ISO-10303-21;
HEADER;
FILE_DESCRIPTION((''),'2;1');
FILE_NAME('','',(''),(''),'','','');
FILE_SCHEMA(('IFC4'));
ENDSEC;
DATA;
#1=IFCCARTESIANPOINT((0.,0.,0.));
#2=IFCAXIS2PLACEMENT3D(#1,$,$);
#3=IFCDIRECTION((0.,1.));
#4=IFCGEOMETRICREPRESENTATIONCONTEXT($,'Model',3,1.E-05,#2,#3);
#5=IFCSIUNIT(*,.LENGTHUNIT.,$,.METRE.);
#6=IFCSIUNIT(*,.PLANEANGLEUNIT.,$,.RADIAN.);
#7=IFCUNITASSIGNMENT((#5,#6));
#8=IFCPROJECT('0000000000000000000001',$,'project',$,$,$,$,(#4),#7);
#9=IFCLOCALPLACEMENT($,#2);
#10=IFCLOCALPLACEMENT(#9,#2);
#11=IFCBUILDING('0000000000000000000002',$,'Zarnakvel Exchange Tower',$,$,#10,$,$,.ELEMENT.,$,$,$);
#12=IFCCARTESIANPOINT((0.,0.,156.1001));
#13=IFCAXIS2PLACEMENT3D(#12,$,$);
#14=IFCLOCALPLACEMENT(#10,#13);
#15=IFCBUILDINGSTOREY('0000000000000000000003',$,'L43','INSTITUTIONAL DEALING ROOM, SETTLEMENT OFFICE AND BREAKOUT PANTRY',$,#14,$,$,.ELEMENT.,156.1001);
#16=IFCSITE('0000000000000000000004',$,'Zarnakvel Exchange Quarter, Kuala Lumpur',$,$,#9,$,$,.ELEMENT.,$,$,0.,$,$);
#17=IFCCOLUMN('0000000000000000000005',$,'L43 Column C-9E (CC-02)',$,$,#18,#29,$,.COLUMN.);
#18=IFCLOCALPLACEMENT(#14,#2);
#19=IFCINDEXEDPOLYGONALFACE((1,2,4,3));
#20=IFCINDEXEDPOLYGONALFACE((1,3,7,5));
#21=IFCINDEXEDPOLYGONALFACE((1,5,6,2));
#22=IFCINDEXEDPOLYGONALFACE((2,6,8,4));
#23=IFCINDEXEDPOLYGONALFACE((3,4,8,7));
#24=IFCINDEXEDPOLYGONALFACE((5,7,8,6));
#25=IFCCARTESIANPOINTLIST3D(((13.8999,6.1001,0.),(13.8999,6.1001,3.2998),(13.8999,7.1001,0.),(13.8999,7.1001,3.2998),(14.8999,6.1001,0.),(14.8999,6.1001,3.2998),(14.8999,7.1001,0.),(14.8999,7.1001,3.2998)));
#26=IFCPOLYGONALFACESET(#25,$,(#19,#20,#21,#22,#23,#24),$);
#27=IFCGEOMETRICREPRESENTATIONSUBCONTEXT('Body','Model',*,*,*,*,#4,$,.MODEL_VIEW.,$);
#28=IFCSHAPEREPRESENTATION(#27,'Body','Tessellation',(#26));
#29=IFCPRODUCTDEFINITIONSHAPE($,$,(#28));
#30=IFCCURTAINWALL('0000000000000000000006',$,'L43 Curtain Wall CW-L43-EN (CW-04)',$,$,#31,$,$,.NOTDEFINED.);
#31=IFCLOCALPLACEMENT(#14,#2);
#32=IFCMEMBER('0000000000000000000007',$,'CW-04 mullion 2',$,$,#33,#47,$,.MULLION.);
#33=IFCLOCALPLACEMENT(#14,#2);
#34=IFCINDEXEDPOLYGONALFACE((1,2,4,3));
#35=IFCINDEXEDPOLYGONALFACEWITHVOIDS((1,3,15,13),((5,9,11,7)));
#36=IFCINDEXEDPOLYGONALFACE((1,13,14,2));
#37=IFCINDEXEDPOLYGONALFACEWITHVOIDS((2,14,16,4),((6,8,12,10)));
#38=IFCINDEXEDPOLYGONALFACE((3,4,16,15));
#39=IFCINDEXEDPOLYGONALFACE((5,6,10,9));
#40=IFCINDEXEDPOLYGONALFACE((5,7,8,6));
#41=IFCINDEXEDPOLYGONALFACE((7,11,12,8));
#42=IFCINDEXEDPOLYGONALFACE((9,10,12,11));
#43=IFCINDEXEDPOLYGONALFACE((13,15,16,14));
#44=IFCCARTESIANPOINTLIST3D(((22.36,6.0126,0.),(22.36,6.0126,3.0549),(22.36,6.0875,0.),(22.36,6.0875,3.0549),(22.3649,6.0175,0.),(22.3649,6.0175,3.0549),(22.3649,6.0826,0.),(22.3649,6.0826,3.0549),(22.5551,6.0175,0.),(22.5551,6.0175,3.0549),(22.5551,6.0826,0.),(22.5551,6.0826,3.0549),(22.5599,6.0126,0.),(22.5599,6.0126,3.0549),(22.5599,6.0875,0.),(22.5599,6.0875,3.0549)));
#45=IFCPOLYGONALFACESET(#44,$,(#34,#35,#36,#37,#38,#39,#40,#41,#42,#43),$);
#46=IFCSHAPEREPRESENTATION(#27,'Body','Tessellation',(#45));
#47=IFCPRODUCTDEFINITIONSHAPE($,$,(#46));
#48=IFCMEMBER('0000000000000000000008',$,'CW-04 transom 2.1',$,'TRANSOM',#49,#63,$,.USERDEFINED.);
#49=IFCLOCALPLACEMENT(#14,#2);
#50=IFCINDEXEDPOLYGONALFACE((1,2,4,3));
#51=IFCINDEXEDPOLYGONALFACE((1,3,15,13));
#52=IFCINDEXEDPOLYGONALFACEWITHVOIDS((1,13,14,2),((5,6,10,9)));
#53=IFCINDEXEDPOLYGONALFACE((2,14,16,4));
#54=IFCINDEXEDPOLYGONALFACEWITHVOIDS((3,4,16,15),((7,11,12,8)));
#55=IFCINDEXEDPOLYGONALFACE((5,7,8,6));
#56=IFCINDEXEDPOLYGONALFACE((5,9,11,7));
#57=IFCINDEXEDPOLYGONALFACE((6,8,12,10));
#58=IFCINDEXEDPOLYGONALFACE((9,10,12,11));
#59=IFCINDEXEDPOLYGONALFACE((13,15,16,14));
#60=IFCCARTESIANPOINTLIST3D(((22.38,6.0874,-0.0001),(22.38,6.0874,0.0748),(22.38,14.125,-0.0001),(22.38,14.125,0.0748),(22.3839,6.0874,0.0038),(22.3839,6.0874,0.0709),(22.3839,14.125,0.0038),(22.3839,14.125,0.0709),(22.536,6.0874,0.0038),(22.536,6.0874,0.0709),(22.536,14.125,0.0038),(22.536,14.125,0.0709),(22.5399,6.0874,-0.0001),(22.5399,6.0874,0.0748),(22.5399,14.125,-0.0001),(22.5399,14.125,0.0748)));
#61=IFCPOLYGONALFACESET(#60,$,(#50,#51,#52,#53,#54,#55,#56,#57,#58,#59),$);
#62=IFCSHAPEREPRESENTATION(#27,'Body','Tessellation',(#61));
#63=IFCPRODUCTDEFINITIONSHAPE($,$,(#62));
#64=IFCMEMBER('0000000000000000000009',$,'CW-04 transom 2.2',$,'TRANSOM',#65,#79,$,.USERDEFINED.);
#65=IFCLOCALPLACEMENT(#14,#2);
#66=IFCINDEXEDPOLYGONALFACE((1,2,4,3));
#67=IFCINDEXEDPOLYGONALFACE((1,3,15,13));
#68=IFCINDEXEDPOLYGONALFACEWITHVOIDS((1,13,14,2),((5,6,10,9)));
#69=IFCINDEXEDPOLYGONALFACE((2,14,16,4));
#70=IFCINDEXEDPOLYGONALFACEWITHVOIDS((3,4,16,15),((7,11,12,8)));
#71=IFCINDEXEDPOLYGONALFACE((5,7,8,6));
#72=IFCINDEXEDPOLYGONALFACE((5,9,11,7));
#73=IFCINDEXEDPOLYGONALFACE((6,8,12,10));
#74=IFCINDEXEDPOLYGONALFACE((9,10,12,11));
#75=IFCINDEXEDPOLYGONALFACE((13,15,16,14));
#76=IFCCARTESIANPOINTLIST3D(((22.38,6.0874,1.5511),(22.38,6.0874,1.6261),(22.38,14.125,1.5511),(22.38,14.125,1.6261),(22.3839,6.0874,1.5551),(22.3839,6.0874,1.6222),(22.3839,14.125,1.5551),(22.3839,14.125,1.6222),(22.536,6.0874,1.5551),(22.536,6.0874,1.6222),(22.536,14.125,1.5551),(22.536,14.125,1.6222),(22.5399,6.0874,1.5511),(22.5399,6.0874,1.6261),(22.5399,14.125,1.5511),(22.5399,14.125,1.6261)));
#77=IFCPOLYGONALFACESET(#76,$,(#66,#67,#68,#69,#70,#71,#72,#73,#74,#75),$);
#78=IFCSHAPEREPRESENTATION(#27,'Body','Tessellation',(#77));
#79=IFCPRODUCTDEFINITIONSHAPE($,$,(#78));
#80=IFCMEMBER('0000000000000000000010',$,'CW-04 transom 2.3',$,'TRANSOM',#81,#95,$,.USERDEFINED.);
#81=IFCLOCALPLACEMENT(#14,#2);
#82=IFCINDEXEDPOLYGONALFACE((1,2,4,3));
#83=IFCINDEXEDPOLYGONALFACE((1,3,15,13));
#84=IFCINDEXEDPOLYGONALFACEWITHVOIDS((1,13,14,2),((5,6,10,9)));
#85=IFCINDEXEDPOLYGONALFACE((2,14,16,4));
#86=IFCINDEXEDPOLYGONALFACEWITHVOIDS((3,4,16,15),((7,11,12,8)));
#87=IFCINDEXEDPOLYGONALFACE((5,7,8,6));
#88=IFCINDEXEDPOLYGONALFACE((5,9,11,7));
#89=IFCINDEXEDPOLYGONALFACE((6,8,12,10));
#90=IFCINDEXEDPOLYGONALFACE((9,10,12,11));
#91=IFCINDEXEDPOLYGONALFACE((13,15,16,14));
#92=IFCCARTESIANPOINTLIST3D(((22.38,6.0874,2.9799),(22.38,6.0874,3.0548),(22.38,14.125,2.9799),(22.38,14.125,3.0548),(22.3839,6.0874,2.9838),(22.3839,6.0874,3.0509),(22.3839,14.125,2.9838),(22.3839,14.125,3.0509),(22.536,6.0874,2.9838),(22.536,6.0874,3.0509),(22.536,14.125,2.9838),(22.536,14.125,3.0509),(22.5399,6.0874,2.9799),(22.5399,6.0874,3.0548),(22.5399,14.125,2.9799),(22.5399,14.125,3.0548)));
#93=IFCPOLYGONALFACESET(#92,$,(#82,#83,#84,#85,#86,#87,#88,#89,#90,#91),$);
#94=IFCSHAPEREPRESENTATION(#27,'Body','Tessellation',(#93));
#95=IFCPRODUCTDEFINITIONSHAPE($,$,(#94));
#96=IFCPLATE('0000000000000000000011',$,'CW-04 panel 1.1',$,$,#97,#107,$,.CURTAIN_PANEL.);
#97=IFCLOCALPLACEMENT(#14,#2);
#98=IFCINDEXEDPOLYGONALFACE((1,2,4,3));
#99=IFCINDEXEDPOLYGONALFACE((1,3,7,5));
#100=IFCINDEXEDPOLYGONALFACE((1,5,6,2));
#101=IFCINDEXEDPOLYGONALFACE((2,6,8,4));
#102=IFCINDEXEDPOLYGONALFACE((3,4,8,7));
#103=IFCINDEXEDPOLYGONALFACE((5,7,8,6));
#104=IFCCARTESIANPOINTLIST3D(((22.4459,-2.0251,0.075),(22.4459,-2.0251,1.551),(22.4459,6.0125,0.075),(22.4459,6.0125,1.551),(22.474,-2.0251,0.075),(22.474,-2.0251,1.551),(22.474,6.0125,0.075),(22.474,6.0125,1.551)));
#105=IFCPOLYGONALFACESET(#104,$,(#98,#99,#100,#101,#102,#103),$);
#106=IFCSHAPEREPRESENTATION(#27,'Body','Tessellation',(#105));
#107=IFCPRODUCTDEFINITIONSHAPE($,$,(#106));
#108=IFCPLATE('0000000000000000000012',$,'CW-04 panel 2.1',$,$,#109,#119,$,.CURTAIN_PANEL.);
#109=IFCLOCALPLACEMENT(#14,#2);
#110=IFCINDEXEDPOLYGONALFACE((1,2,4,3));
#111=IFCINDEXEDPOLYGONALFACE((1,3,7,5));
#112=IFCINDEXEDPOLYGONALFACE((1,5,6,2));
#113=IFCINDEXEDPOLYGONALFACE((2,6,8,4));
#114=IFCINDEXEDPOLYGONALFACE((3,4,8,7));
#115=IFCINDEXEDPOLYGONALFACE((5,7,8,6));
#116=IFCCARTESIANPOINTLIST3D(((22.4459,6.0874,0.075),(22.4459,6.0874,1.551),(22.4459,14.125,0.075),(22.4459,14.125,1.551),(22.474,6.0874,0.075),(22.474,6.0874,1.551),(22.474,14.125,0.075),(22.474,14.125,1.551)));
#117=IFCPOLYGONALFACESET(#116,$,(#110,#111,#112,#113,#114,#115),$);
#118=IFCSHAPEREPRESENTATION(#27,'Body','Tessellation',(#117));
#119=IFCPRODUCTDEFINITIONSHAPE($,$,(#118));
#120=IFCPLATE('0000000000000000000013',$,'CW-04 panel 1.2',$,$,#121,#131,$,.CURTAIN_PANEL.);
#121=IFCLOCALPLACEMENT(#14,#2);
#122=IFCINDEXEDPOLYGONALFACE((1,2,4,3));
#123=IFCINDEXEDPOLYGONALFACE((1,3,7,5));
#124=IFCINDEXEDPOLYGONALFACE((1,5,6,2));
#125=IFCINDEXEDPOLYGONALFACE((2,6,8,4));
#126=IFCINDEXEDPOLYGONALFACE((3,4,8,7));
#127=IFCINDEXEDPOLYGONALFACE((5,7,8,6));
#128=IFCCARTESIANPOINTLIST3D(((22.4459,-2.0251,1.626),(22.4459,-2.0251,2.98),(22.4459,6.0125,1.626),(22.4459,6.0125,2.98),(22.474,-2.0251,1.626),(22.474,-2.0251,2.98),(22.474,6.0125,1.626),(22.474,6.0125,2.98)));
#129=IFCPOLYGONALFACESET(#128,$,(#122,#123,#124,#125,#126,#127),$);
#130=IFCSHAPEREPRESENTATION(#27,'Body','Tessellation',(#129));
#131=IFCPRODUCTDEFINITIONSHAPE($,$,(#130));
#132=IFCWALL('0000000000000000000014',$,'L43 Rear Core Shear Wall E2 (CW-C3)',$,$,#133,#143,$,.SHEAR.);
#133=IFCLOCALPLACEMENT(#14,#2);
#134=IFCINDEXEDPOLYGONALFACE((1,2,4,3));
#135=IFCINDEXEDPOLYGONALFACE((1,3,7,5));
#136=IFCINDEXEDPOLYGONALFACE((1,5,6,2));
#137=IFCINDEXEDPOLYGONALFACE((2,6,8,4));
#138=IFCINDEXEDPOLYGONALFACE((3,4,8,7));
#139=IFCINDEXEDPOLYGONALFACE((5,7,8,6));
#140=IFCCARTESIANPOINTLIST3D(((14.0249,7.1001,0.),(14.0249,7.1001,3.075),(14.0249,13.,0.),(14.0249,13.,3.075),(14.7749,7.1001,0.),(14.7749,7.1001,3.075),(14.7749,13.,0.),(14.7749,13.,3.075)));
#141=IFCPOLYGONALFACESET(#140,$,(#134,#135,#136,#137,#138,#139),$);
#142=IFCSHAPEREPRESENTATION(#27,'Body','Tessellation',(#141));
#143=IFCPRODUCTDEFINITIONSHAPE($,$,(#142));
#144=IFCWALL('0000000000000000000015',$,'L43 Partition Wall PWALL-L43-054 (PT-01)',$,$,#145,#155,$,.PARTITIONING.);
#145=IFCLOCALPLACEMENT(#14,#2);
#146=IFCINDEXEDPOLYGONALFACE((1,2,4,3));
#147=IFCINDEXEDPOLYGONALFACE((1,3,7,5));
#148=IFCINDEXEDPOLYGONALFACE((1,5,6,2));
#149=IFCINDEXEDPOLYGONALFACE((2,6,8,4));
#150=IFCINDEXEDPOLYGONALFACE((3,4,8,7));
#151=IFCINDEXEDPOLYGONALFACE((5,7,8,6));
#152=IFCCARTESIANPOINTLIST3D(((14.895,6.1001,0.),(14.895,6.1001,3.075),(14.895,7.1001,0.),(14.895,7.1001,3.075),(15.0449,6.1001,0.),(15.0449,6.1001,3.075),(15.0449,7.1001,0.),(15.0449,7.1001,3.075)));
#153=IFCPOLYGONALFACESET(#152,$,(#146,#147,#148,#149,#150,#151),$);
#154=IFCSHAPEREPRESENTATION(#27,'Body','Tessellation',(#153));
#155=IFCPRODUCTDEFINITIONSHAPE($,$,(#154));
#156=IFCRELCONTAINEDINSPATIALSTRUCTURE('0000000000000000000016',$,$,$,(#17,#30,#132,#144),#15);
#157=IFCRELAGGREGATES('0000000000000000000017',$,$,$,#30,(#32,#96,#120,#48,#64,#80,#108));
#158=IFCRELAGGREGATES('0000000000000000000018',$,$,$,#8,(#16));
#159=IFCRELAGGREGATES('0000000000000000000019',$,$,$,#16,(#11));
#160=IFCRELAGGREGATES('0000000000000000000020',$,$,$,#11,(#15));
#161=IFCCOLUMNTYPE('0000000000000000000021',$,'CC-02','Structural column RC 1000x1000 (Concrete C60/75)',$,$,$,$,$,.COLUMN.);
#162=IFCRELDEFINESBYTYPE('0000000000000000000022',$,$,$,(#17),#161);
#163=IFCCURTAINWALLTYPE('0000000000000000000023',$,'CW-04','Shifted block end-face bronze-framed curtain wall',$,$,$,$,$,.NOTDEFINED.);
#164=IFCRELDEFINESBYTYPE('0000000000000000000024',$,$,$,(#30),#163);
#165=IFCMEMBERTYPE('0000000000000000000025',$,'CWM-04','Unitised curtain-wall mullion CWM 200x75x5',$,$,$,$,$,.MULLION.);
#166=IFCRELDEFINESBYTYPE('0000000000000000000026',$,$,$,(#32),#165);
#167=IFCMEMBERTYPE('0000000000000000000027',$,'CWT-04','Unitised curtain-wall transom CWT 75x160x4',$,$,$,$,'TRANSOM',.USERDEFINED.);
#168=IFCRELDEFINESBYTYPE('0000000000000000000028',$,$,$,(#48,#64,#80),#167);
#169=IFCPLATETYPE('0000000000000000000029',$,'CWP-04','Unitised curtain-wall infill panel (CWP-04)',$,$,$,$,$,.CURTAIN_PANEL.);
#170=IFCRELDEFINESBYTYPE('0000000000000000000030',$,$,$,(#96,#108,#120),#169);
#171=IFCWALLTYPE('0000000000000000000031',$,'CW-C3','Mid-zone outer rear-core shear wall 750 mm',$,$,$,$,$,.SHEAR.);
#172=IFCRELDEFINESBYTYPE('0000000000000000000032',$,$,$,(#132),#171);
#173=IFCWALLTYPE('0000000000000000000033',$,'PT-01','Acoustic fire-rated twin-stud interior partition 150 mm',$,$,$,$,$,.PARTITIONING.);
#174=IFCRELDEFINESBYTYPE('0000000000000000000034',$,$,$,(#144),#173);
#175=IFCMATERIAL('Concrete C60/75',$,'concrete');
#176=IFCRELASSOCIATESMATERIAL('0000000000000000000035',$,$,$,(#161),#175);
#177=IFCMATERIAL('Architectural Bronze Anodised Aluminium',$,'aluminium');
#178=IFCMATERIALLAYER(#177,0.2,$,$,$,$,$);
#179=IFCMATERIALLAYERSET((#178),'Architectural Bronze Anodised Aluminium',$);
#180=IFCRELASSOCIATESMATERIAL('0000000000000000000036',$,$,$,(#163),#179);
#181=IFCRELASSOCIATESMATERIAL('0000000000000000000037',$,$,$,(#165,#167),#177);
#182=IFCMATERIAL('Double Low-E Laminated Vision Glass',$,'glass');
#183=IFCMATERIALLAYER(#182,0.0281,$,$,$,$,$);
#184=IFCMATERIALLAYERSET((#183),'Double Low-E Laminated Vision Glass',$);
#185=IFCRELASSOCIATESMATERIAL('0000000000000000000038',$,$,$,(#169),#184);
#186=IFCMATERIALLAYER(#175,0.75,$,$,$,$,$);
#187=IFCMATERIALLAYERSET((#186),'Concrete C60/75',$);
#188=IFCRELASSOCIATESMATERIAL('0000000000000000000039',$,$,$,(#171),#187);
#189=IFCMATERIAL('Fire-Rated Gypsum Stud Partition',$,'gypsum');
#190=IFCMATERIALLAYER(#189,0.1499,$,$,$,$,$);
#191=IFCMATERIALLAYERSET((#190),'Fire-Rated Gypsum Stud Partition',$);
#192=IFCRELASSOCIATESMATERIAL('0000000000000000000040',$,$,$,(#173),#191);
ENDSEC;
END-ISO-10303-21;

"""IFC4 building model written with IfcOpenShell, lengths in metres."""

from ifc_helpers import new_model, si_unit, direction, frame, frame_2d, origin, origin_2d, place, context, subcontext, project, spatial, rectangle, hollow_rectangle, extrude, source, transform, mapped, material, layer, layer_set, material_profile, profile_set, type_object, element, aggregate, save


model = new_model("IFC4")

# Units and contexts
model_context = context("Model", 3, precision=1e-05, world=origin(), true_north=direction((0.0, 1.0)))
body_context = subcontext(model_context, "Body", "Model", "MODEL_VIEW")
ifc_project = project(units=[si_unit("LENGTHUNIT", "METRE"), si_unit("PLANEANGLEUNIT", "RADIAN")], contexts=[model_context])

# Site, building, storey
site_placement = place(None, origin())
site = spatial("IfcSite", under=ifc_project, at=site_placement, Name="Zarnakvel Exchange Quarter, Kuala Lumpur", CompositionType="ELEMENT", RefElevation=0.0)
building_placement = place(site_placement, origin())
building = spatial("IfcBuilding", under=site, at=building_placement, Name="Zarnakvel Exchange Tower", CompositionType="ELEMENT")
storey_placement = place(building_placement, frame((0.0, 0.0, 156.1001)))
storey = spatial("IfcBuildingStorey", under=building, at=storey_placement, Name="L43", Description="INSTITUTIONAL DEALING ROOM, SETTLEMENT OFFICE AND BREAKOUT PANTRY", CompositionType="ELEMENT", Elevation=156.1001)

# Column
ifc_material_1 = material(Name="Concrete C60/75", Category="concrete")
ifc_material_profile_1 = material_profile(ifc_material_1, rectangle(XDim=1.0, YDim=1.0, at=origin_2d()))
ifc_profile_set_1 = profile_set([ifc_material_profile_1], Name="Concrete C60/75")
column_type = type_object("IfcColumnType", Name="CC-02", Description="Structural column RC 1000x1000 (Concrete C60/75)", PredefinedType="COLUMN", material=ifc_profile_set_1)
column_placement = place(storey_placement, frame((14.3999, 6.6001, 0.0), z_axis=(0.0, 0.0, 1.0), x_axis=(1.0, 0.0, 0.0)))
element("IfcColumn", 1, at=column_placement, inside=storey, type_object=column_type, Name="L43 Column C-9E (CC-02)", PredefinedType="COLUMN", context=body_context, shape_type="SweptSolid", body=[
    extrude(rectangle(XDim=1.0, YDim=1.0, at=origin_2d()), origin(), (0.0, 0.0, 1.0), 3.2998),
])

# Curtain wall, members, plates
ifc_material_2 = material(Name="Architectural Bronze Anodised Aluminium", Category="aluminium")
ifc_layer_1 = layer(ifc_material_2, 0.2)
ifc_layer_set_1 = layer_set([ifc_layer_1], Name="Architectural Bronze Anodised Aluminium")
curtain_wall_type = type_object("IfcCurtainWallType", Name="CW-04", Description="Shifted block end-face bronze-framed curtain wall", PredefinedType="NOTDEFINED", material=ifc_layer_set_1)
curtain_wall_placement = place(storey_placement, origin())
curtain_wall = element("IfcCurtainWall", 2, at=curtain_wall_placement, inside=storey, type_object=curtain_wall_type, Name="L43 Curtain Wall CW-L43-EN (CW-04)", PredefinedType="NOTDEFINED")
ifc_material_profile_2 = material_profile(ifc_material_2, hollow_rectangle(XDim=0.2, YDim=0.075, WallThickness=0.0049, at=origin_2d()))
ifc_profile_set_2 = profile_set([ifc_material_profile_2], Name="Architectural Bronze Anodised Aluminium")
member_type_1 = type_object("IfcMemberType", Name="CWM-04", Description="Unitised curtain-wall mullion CWM 200x75x5", PredefinedType="MULLION", material=ifc_profile_set_2)
shared_shape_1 = source(origin(), body_context, "Body", "SweptSolid", [
    extrude(hollow_rectangle(XDim=0.2, YDim=0.075, WallThickness=0.0049, at=origin_2d()), origin(), (0.0, 0.0, 1.0), 3.0549),
])
member_1_placement = place(storey_placement, frame((22.46, 6.05, 0.0), z_axis=(0.0, 0.0, 1.0), x_axis=(-1.0, 0.0, 0.0)))
member_1 = element("IfcMember", 3, at=member_1_placement, type_object=member_type_1, Name="CW-04 mullion 2", PredefinedType="MULLION", context=body_context, shape_type="MappedRepresentation", body=[
    mapped(shared_shape_1, transform((0.0, 0.0, 0.0), x_axis=(1.0, 0.0, 0.0), y_axis=(0.0, 1.0, 0.0), z_axis=(0.0, 0.0, 1.0), scale=1.0)),
])
ifc_material_profile_3 = material_profile(ifc_material_2, hollow_rectangle(XDim=0.1599, YDim=0.075, WallThickness=0.0039, at=origin_2d()))
ifc_profile_set_3 = profile_set([ifc_material_profile_3], Name="Architectural Bronze Anodised Aluminium")
member_type_2 = type_object("IfcMemberType", Name="CWT-04", Description="Unitised curtain-wall transom CWT 75x160x4", ElementType="TRANSOM", PredefinedType="USERDEFINED", material=ifc_profile_set_3)
shared_shape_2 = source(origin(), body_context, "Body", "SweptSolid", [
    extrude(hollow_rectangle(XDim=0.1599, YDim=0.075, WallThickness=0.0039, at=origin_2d()), origin(), (0.0, 0.0, 1.0), 8.0376),
])
member_2_placement = place(storey_placement, frame((22.46, 6.0874, 0.0374), z_axis=(0.0, 1.0, 0.0), x_axis=(-1.0, 0.0, 0.0)))
member_2 = element("IfcMember", 4, at=member_2_placement, type_object=member_type_2, Name="CW-04 transom 2.1", ObjectType="TRANSOM", PredefinedType="USERDEFINED", context=body_context, shape_type="MappedRepresentation", body=[
    mapped(shared_shape_2, transform((0.0, 0.0, 0.0), x_axis=(1.0, 0.0, 0.0), y_axis=(0.0, 1.0, 0.0), z_axis=(0.0, 0.0, 1.0), scale=1.0)),
])
member_3_placement = place(storey_placement, frame((22.46, 6.0874, 1.5886), z_axis=(0.0, 1.0, 0.0), x_axis=(-1.0, 0.0, 0.0)))
member_3 = element("IfcMember", 5, at=member_3_placement, type_object=member_type_2, Name="CW-04 transom 2.2", ObjectType="TRANSOM", PredefinedType="USERDEFINED", context=body_context, shape_type="MappedRepresentation", body=[
    mapped(shared_shape_2, transform((0.0, 0.0, 0.0), x_axis=(1.0, 0.0, 0.0), y_axis=(0.0, 1.0, 0.0), z_axis=(0.0, 0.0, 1.0), scale=1.0)),
])
member_4_placement = place(storey_placement, frame((22.46, 6.0874, 3.0173), z_axis=(0.0, 1.0, 0.0), x_axis=(-1.0, 0.0, 0.0)))
member_4 = element("IfcMember", 6, at=member_4_placement, type_object=member_type_2, Name="CW-04 transom 2.3", ObjectType="TRANSOM", PredefinedType="USERDEFINED", context=body_context, shape_type="MappedRepresentation", body=[
    mapped(shared_shape_2, transform((0.0, 0.0, 0.0), x_axis=(1.0, 0.0, 0.0), y_axis=(0.0, 1.0, 0.0), z_axis=(0.0, 0.0, 1.0), scale=1.0)),
])
ifc_material_3 = material(Name="Double Low-E Laminated Vision Glass", Category="glass")
ifc_layer_2 = layer(ifc_material_3, 0.0281)
ifc_layer_set_2 = layer_set([ifc_layer_2], Name="Double Low-E Laminated Vision Glass")
plate_type = type_object("IfcPlateType", Name="CWP-04", Description="Unitised curtain-wall infill panel (CWP-04)", PredefinedType="CURTAIN_PANEL", material=ifc_layer_set_2)
shared_shape_3 = source(origin(), body_context, "Body", "SweptSolid", [
    extrude(rectangle(XDim=8.0376, YDim=0.0281, at=origin_2d()), origin(), (0.0, 0.0, 1.0), 1.4761),
])
plate_1_placement = place(storey_placement, frame((22.46, 1.9937, 0.075), z_axis=(0.0, 0.0, 1.0), x_axis=(0.0, 1.0, 0.0)))
plate_1 = element("IfcPlate", 7, at=plate_1_placement, type_object=plate_type, Name="CW-04 panel 1.1", PredefinedType="CURTAIN_PANEL", context=body_context, shape_type="MappedRepresentation", body=[
    mapped(shared_shape_3, transform((0.0, 0.0, 0.0), x_axis=(1.0, 0.0, 0.0), y_axis=(0.0, 1.0, 0.0), z_axis=(0.0, 0.0, 1.0), scale=1.0)),
])
plate_2_placement = place(storey_placement, frame((22.46, 10.1062, 0.075), z_axis=(0.0, 0.0, 1.0), x_axis=(0.0, 1.0, 0.0)))
plate_2 = element("IfcPlate", 8, at=plate_2_placement, type_object=plate_type, Name="CW-04 panel 2.1", PredefinedType="CURTAIN_PANEL", context=body_context, shape_type="MappedRepresentation", body=[
    mapped(shared_shape_3, transform((0.0, 0.0, 0.0), x_axis=(1.0, 0.0, 0.0), y_axis=(0.0, 1.0, 0.0), z_axis=(0.0, 0.0, 1.0), scale=1.0)),
])
shared_shape_4 = source(origin(), body_context, "Body", "SweptSolid", [
    extrude(rectangle(XDim=8.0376, YDim=0.0281, at=origin_2d()), origin(), (0.0, 0.0, 1.0), 1.354),
])
plate_3_placement = place(storey_placement, frame((22.46, 1.9937, 1.626), z_axis=(0.0, 0.0, 1.0), x_axis=(0.0, 1.0, 0.0)))
plate_3 = element("IfcPlate", 9, at=plate_3_placement, type_object=plate_type, Name="CW-04 panel 1.2", PredefinedType="CURTAIN_PANEL", context=body_context, shape_type="MappedRepresentation", body=[
    mapped(shared_shape_4, transform((0.0, 0.0, 0.0), x_axis=(1.0, 0.0, 0.0), y_axis=(0.0, 1.0, 0.0), z_axis=(0.0, 0.0, 1.0), scale=1.0)),
])
aggregate(curtain_wall, [member_1, plate_1, plate_3, member_2, member_3, member_4, plate_2])

# Walls
ifc_layer_3 = layer(ifc_material_1, 0.75)
ifc_layer_set_3 = layer_set([ifc_layer_3], Name="Concrete C60/75")
wall_type_1 = type_object("IfcWallType", Name="CW-C3", Description="Mid-zone outer rear-core shear wall 750 mm", PredefinedType="SHEAR", material=ifc_layer_set_3)
wall_1_placement = place(storey_placement, frame((14.3999, 7.1001, 0.0), z_axis=(0.0, 0.0, 1.0), x_axis=(0.0, 1.0, 0.0)))
element("IfcWall", 10, at=wall_1_placement, inside=storey, type_object=wall_type_1, Name="L43 Rear Core Shear Wall E2 (CW-C3)", PredefinedType="SHEAR", context=body_context, shape_type="SweptSolid", body=[
    extrude(rectangle(XDim=5.8999, YDim=0.75, at=frame_2d((2.95, 0.0))), origin(), (0.0, 0.0, 1.0), 3.075),
])
ifc_material_4 = material(Name="Fire-Rated Gypsum Stud Partition", Category="gypsum")
ifc_layer_4 = layer(ifc_material_4, 0.1499)
ifc_layer_set_4 = layer_set([ifc_layer_4], Name="Fire-Rated Gypsum Stud Partition")
wall_type_2 = type_object("IfcWallType", Name="PT-01", Description="Acoustic fire-rated twin-stud interior partition 150 mm", PredefinedType="PARTITIONING", material=ifc_layer_set_4)
wall_2_placement = place(storey_placement, frame((14.97, 6.1001, 0.0), z_axis=(0.0, 0.0, 1.0), x_axis=(0.0, 1.0, 0.0)))
element("IfcWall", 11, at=wall_2_placement, inside=storey, type_object=wall_type_2, Name="L43 Partition Wall PWALL-L43-054 (PT-01)", PredefinedType="PARTITIONING", context=body_context, shape_type="SweptSolid", body=[
    extrude(rectangle(XDim=1.0, YDim=0.1499, at=frame_2d((0.5, 0.0))), origin(), (0.0, 0.0, 1.0), 3.075),
])

save(model, "model.ifc")
